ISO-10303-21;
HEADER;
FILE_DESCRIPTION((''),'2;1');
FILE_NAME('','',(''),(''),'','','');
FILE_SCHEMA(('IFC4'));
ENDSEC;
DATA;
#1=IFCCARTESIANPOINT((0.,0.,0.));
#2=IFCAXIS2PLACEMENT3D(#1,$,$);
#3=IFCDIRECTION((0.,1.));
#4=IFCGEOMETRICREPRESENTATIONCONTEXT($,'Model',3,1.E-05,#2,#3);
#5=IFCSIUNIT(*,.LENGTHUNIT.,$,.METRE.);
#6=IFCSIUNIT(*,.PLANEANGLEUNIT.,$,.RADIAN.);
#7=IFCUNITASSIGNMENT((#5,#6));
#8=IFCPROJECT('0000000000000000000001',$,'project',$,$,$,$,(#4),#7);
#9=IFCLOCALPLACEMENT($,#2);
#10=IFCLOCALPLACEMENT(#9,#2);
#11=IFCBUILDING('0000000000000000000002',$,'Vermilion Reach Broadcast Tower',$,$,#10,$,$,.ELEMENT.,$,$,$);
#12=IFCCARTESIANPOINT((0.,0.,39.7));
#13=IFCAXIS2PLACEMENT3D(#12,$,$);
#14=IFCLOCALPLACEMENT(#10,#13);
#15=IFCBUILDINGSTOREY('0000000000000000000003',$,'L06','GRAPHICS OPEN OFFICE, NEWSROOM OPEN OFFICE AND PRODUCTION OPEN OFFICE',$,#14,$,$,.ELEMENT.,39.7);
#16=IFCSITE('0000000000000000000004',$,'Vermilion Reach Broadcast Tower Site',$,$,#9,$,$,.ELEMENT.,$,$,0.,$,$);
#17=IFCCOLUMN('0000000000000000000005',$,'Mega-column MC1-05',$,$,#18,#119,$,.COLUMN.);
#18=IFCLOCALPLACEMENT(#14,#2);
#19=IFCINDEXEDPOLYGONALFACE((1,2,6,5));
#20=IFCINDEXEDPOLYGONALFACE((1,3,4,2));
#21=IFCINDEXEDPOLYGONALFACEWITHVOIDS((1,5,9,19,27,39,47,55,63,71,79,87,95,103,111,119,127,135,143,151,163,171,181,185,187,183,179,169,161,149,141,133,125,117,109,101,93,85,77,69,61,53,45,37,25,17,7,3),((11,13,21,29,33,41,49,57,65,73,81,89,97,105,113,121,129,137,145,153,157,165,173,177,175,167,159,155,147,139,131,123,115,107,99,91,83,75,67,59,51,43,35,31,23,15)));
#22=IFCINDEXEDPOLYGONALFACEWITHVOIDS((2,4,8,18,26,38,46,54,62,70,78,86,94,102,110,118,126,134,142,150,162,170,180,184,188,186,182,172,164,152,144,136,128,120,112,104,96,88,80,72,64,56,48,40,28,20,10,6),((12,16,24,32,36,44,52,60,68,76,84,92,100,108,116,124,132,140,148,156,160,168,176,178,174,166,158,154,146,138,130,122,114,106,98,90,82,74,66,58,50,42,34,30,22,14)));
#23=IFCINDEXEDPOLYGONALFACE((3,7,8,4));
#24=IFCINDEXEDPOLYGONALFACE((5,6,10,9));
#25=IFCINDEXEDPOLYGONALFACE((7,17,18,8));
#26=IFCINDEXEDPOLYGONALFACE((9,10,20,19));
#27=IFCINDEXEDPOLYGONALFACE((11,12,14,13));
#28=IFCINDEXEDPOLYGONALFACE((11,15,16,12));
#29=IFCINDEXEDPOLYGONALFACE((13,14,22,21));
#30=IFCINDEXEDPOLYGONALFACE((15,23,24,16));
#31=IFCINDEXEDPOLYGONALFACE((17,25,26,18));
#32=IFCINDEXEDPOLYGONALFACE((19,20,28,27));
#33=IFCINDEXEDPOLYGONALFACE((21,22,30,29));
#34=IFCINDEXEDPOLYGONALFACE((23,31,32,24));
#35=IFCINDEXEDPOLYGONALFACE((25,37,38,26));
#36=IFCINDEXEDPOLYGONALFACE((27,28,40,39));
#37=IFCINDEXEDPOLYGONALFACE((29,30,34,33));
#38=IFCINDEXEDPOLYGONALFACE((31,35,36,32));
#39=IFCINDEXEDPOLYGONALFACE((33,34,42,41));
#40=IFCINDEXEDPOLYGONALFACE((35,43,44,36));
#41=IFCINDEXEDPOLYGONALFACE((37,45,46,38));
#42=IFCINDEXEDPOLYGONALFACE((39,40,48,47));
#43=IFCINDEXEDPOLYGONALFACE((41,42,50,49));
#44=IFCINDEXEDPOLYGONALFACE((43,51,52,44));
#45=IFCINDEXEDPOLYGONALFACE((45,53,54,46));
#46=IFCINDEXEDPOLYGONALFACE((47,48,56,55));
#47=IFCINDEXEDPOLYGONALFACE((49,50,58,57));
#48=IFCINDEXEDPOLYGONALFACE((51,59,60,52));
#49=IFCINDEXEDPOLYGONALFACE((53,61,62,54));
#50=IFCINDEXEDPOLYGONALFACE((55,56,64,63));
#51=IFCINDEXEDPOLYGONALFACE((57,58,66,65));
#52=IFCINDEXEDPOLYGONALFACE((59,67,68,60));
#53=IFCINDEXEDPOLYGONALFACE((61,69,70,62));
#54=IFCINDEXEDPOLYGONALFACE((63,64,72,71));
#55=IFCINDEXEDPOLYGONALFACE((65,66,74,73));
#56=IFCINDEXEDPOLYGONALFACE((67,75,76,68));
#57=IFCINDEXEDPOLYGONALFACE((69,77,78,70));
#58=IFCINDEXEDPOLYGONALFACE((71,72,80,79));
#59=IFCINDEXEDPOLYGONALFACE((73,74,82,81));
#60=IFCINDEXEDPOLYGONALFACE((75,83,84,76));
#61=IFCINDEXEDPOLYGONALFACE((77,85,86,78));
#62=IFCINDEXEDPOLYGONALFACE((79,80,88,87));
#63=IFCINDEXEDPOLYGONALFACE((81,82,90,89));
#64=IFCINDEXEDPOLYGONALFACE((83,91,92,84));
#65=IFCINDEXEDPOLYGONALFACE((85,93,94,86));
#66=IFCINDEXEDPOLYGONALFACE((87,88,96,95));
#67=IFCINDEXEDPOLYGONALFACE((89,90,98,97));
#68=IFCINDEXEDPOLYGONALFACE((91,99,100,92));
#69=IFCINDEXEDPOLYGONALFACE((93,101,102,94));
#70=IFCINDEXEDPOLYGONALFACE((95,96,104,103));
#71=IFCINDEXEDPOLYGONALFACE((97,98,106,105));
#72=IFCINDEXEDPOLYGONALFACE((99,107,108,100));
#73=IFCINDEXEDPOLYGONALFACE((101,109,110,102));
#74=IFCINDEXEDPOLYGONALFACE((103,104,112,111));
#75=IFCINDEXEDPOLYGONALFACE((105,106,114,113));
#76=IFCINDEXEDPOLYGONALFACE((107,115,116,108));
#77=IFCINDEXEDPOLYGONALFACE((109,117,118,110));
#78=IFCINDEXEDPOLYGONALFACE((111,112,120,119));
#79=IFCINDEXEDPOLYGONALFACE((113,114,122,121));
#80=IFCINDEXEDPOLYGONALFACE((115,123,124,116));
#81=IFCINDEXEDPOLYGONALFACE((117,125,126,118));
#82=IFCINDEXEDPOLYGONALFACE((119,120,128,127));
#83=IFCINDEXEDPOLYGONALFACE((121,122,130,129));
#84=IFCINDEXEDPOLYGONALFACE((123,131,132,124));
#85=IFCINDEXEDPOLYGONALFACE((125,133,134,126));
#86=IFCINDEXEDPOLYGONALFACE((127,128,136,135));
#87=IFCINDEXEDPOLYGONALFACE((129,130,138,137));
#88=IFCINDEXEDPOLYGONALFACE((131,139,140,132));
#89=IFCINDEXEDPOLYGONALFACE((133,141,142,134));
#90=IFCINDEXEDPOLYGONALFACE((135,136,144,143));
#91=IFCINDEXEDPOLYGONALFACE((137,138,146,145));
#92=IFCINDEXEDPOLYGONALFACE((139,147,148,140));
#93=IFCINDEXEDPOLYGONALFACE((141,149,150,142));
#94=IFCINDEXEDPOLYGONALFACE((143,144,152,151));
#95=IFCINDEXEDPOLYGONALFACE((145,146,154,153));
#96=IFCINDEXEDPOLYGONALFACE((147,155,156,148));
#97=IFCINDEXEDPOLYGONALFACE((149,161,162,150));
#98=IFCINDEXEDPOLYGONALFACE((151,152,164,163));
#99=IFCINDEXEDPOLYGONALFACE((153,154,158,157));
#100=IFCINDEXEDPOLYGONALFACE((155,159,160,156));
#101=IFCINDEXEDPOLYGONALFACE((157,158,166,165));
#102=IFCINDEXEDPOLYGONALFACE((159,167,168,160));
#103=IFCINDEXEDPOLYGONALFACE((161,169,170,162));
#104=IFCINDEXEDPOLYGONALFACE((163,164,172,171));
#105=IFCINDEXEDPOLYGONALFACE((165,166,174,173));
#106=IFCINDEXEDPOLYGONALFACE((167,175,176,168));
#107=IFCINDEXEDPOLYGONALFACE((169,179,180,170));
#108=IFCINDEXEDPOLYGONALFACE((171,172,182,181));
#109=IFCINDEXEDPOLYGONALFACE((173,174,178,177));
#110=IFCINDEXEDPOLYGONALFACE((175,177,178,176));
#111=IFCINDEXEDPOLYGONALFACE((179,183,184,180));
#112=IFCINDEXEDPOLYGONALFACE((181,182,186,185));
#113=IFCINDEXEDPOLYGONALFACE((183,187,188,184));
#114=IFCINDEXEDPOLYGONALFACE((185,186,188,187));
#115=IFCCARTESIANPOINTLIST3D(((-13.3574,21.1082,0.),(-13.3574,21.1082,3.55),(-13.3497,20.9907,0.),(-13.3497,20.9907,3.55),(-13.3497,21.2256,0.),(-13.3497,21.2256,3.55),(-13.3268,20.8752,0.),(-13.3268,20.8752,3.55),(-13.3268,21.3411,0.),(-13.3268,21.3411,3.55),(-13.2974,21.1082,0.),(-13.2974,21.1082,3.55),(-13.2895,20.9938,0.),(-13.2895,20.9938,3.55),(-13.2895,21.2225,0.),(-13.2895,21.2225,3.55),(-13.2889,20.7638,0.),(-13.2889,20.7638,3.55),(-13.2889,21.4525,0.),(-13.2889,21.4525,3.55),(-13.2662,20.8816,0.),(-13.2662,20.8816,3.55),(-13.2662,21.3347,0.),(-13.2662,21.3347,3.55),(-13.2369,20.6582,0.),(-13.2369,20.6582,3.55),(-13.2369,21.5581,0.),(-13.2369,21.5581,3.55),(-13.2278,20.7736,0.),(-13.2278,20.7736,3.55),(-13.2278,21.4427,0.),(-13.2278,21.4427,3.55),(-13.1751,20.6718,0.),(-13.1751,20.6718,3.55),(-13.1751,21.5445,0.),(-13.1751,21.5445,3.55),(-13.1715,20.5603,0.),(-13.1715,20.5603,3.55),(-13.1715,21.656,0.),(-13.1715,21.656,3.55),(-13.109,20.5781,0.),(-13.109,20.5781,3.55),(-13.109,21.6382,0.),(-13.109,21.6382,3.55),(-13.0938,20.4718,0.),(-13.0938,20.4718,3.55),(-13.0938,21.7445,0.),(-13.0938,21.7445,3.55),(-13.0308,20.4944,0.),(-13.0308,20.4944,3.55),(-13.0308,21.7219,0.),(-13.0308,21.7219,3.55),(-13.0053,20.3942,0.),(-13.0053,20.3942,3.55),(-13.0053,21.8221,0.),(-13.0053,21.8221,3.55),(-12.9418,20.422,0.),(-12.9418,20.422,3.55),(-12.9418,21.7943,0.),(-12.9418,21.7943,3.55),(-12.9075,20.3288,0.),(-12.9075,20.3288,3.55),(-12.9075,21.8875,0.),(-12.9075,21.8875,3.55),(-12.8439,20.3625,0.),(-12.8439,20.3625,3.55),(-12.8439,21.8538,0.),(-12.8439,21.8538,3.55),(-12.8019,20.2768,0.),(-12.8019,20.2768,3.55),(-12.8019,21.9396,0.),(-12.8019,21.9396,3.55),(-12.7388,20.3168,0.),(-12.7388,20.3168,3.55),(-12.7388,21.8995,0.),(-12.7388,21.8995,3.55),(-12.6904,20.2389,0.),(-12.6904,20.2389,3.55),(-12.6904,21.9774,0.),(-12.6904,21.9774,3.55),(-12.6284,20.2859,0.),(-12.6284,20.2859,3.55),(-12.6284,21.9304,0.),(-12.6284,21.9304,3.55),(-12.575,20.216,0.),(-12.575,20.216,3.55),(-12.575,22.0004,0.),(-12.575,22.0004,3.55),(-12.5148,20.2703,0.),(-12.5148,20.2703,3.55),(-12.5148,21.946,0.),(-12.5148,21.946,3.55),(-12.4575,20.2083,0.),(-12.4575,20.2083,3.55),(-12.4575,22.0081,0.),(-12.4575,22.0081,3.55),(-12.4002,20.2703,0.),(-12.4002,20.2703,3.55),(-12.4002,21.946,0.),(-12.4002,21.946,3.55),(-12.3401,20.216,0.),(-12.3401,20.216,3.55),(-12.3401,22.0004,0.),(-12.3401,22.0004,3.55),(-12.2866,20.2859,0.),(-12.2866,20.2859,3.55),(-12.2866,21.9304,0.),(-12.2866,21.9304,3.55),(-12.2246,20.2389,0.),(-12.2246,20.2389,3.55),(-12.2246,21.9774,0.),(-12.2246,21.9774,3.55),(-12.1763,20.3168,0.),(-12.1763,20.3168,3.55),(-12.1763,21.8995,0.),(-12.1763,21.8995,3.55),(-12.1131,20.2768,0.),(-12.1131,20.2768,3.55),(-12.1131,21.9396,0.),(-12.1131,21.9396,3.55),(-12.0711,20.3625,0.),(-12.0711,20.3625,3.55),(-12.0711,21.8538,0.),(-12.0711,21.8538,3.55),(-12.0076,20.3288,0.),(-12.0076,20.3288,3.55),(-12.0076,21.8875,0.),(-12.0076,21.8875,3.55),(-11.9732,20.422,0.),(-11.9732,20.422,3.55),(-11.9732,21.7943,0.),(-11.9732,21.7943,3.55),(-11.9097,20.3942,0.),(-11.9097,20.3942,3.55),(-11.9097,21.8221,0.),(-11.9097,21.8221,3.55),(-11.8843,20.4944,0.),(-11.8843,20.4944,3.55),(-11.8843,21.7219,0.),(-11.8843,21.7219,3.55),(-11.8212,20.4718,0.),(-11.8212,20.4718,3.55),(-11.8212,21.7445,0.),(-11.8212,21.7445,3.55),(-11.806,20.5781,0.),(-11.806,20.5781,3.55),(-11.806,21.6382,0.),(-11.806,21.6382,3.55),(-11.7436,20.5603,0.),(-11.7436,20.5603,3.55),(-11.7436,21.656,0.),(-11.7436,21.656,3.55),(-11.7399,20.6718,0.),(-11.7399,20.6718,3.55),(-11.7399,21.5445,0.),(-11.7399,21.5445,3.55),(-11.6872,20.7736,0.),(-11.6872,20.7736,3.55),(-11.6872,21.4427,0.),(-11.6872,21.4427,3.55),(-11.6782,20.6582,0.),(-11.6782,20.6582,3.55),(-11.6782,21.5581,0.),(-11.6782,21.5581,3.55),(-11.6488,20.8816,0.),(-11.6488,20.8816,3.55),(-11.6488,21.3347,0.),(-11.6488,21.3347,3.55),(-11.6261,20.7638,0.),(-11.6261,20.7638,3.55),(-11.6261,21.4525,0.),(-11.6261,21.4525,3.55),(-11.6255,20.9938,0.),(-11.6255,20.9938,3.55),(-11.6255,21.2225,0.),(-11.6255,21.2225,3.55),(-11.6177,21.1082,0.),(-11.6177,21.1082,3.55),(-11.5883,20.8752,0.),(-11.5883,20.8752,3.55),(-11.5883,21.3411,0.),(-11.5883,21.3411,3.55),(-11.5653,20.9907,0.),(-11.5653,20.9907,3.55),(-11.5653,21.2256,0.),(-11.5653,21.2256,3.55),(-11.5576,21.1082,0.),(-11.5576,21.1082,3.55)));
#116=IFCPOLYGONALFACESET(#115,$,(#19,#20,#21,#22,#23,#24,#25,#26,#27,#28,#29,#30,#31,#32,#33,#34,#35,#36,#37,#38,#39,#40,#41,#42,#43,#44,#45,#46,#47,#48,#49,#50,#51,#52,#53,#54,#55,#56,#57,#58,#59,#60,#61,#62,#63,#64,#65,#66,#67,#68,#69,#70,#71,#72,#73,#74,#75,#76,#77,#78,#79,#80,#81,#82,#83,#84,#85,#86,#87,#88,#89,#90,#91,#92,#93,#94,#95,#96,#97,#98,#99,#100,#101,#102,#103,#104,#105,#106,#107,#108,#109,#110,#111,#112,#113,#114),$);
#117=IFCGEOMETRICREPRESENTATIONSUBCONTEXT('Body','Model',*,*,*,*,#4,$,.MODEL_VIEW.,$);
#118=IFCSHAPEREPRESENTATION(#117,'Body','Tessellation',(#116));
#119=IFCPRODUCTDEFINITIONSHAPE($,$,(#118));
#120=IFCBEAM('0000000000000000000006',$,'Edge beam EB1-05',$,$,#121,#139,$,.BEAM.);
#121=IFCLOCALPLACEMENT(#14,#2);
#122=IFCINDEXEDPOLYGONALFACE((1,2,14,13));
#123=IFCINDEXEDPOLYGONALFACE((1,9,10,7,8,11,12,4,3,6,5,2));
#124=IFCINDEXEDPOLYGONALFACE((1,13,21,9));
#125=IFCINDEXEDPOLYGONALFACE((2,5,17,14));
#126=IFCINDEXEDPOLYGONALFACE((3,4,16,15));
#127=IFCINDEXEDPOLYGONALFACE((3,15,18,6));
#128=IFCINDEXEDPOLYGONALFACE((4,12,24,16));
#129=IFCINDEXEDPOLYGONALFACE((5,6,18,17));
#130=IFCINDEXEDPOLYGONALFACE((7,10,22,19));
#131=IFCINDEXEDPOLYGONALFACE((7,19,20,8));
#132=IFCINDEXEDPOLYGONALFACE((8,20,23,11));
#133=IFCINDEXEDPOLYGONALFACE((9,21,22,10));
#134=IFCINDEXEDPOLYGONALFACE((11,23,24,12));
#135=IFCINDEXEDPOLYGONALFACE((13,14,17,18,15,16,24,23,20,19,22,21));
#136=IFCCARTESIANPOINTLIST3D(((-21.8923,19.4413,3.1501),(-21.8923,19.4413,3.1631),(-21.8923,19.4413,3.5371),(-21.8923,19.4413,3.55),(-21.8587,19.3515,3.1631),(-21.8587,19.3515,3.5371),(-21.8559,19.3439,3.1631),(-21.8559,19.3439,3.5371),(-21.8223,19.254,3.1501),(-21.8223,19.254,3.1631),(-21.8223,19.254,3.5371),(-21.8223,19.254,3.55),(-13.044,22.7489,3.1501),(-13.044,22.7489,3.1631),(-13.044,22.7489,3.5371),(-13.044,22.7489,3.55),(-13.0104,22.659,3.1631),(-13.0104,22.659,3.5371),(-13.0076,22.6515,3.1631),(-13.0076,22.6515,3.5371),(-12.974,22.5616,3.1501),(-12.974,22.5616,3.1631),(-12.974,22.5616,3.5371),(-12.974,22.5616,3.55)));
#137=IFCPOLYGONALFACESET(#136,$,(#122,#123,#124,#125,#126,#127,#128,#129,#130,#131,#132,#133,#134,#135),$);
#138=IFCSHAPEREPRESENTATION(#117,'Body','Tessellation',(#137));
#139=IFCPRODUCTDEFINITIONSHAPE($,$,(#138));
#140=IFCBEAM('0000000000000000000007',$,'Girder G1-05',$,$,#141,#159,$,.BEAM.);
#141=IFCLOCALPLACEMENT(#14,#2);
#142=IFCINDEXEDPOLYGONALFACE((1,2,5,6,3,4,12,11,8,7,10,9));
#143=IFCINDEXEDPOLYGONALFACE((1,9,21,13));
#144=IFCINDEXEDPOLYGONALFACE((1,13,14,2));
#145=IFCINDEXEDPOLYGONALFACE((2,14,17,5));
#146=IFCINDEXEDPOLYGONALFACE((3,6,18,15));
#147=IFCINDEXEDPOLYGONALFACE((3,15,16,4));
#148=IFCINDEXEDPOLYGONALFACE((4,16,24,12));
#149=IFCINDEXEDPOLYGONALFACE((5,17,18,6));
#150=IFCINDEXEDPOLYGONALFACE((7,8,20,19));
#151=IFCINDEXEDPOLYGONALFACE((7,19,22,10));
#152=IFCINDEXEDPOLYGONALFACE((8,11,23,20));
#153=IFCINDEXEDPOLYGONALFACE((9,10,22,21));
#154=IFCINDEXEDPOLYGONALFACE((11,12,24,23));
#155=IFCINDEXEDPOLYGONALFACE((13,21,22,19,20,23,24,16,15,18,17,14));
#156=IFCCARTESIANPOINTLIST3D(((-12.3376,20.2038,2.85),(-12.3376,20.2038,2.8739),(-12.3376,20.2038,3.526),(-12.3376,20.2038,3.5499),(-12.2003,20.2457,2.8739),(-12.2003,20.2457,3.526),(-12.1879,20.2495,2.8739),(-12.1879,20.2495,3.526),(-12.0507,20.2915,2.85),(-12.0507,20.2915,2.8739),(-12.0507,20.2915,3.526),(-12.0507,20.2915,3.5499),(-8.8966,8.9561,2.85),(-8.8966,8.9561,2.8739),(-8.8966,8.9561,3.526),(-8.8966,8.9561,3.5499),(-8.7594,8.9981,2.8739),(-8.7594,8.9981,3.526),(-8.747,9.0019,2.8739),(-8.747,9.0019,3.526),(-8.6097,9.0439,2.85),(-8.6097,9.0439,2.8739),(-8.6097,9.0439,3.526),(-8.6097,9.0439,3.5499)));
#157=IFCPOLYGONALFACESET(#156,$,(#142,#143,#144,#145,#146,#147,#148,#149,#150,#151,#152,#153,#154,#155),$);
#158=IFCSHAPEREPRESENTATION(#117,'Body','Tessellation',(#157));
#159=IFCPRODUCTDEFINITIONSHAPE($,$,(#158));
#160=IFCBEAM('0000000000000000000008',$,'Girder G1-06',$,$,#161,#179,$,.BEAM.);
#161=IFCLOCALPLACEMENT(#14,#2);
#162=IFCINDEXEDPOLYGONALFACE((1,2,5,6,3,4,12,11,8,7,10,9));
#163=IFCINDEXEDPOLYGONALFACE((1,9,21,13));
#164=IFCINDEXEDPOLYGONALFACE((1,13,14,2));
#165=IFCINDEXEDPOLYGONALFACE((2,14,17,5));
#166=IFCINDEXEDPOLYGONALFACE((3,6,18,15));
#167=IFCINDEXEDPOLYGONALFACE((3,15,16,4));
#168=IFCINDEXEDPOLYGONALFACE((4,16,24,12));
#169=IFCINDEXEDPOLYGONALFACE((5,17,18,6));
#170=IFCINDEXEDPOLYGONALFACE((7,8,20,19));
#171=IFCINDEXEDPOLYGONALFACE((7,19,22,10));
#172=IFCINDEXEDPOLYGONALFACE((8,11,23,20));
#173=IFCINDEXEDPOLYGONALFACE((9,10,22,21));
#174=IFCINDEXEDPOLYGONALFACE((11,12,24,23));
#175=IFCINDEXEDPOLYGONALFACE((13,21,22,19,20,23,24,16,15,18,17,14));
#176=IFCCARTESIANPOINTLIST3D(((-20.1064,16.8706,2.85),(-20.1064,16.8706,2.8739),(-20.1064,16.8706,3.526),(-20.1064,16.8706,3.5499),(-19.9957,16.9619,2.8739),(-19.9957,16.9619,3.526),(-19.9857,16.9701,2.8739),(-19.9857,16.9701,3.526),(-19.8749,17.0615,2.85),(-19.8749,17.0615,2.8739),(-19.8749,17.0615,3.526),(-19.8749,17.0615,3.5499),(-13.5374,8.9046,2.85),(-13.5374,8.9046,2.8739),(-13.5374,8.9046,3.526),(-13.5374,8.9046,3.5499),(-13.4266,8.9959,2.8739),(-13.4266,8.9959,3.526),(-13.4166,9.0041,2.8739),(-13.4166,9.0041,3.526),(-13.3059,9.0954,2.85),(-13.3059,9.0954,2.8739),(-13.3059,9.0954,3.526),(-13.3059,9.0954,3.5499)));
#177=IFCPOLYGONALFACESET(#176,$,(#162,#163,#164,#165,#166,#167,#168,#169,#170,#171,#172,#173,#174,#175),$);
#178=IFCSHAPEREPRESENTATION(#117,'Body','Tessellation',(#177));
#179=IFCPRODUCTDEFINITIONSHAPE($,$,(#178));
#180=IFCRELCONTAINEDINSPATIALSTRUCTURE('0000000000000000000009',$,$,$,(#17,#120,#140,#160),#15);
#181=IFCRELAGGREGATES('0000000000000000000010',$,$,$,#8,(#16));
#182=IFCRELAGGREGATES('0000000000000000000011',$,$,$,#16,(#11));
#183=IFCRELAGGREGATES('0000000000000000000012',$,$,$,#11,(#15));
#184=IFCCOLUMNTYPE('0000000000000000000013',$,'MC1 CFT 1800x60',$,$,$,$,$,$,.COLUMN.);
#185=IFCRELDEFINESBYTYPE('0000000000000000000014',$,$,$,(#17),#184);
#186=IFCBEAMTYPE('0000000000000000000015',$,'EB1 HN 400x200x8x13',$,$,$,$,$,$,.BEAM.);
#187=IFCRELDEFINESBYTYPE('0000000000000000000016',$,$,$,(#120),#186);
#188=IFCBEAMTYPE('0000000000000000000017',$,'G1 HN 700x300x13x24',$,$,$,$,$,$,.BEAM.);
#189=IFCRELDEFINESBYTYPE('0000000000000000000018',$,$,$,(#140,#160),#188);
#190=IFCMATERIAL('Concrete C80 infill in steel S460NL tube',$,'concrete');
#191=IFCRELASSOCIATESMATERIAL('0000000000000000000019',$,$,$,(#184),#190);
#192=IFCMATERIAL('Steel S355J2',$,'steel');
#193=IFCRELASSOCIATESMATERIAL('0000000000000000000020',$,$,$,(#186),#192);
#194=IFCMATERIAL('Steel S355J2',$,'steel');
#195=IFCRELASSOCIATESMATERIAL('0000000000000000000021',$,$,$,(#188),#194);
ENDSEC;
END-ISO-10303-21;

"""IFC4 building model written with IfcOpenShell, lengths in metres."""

from ifc_helpers import new_model, si_unit, direction, frame, origin, origin_2d, place, context, subcontext, project, spatial, hollow_circle, i_section, extrude, material, material_profile, profile_set, type_object, element, save


model = new_model("IFC4")

# Units and contexts
model_context = context("Model", 3, precision=1e-05, world=origin(), true_north=direction((0.0, 1.0)))
body_context = subcontext(model_context, "Body", "Model", "MODEL_VIEW")
ifc_project = project(units=[si_unit("LENGTHUNIT", "METRE"), si_unit("PLANEANGLEUNIT", "RADIAN")], contexts=[model_context])

# Site, building, storey
site_placement = place(None, origin())
site = spatial("IfcSite", under=ifc_project, at=site_placement, Name="Vermilion Reach Broadcast Tower Site", CompositionType="ELEMENT", RefElevation=0.0)
building_placement = place(site_placement, origin())
building = spatial("IfcBuilding", under=site, at=building_placement, Name="Vermilion Reach Broadcast Tower", CompositionType="ELEMENT")
storey_placement = place(building_placement, frame((0.0, 0.0, 39.7)))
storey = spatial("IfcBuildingStorey", under=building, at=storey_placement, Name="L06", Description="GRAPHICS OPEN OFFICE, NEWSROOM OPEN OFFICE AND PRODUCTION OPEN OFFICE", CompositionType="ELEMENT", Elevation=39.7)

# Column
ifc_material_1 = material(Name="Concrete C80 infill in steel S460NL tube", Category="concrete")
ifc_material_profile_1 = material_profile(ifc_material_1, hollow_circle(Radius=0.8999, WallThickness=0.0601, at=origin_2d()), Name="Concrete C80 infill in steel S460NL tube CFT 1800x60")
ifc_profile_set_1 = profile_set([ifc_material_profile_1], Name="Concrete C80 infill in steel S460NL tube")
column_type = type_object("IfcColumnType", Name="MC1 CFT 1800x60", PredefinedType="COLUMN", material=ifc_profile_set_1)
column_placement = place(storey_placement, frame((-12.4575, 21.1082, 0.0), z_axis=(0.0, 0.0, 1.0), x_axis=(1.0, 0.0, 0.0)))
element("IfcColumn", 1, at=column_placement, inside=storey, type_object=column_type, Name="Mega-column MC1-05", PredefinedType="COLUMN", context=body_context, shape_type="SweptSolid", body=[
    extrude(hollow_circle(Radius=0.8999, WallThickness=0.0601, at=origin_2d()), origin(), (0.0, 0.0, 1.0), 3.55),
])

# Beams
ifc_material_2 = material(Name="Steel S355J2", Category="steel")
ifc_material_profile_2 = material_profile(ifc_material_2, i_section(OverallWidth=0.2, OverallDepth=0.3999, WebThickness=0.0081, FlangeThickness=0.0129, at=origin_2d()), Name="S355J2 HN 400x200x8x13")
ifc_profile_set_2 = profile_set([ifc_material_profile_2], Name="Steel S355J2")
beam_type_1 = type_object("IfcBeamType", Name="EB1 HN 400x200x8x13", PredefinedType="BEAM", material=ifc_profile_set_2)
beam_1_placement = place(storey_placement, frame((-13.009, 22.6553, 3.3501), z_axis=(-0.936695, -0.350146, 0.0), x_axis=(0.350146, -0.936695, 0.0)))
element("IfcBeam", 2, at=beam_1_placement, inside=storey, type_object=beam_type_1, Name="Edge beam EB1-05", PredefinedType="BEAM", context=body_context, shape_type="SweptSolid", body=[
    extrude(i_section(OverallWidth=0.2, OverallDepth=0.3999, WebThickness=0.0081, FlangeThickness=0.0129, at=origin_2d()), origin(), (0.0, 0.0, 1.0), 9.4463),
])
ifc_material_3 = material(Name="Steel S355J2", Category="steel")
ifc_material_profile_3 = material_profile(ifc_material_3, i_section(OverallWidth=0.3, OverallDepth=0.7, WebThickness=0.0129, FlangeThickness=0.0239, at=origin_2d()), Name="S355J2 HN 700x300x13x24")
ifc_profile_set_3 = profile_set([ifc_material_profile_3], Name="Steel S355J2")
beam_type_2 = type_object("IfcBeamType", Name="G1 HN 700x300x13x24", PredefinedType="BEAM", material=ifc_profile_set_3)
beam_2_placement = place(storey_placement, frame((-8.7532, 9.0, 3.2), z_axis=(-0.292542, 0.956253, 0.0), x_axis=(-0.956253, -0.292542, 0.0)))
element("IfcBeam", 3, at=beam_2_placement, inside=storey, type_object=beam_type_2, Name="Girder G1-05", PredefinedType="BEAM", context=body_context, shape_type="SweptSolid", body=[
    extrude(i_section(OverallWidth=0.3, OverallDepth=0.7, WebThickness=0.0129, FlangeThickness=0.0239, at=origin_2d()), origin(), (0.0, 0.0, 1.0), 11.7622),
])
beam_3_placement = place(storey_placement, frame((-13.4216, 9.0, 3.2), z_axis=(-0.636215, 0.771512, 0.0), x_axis=(-0.771512, -0.636215, 0.0)))
element("IfcBeam", 4, at=beam_3_placement, inside=storey, type_object=beam_type_2, Name="Girder G1-06", PredefinedType="BEAM", context=body_context, shape_type="SweptSolid", body=[
    extrude(i_section(OverallWidth=0.3, OverallDepth=0.7, WebThickness=0.0129, FlangeThickness=0.0239, at=origin_2d()), origin(), (0.0, 0.0, 1.0), 10.3252),
])

save(model, "model.ifc")
